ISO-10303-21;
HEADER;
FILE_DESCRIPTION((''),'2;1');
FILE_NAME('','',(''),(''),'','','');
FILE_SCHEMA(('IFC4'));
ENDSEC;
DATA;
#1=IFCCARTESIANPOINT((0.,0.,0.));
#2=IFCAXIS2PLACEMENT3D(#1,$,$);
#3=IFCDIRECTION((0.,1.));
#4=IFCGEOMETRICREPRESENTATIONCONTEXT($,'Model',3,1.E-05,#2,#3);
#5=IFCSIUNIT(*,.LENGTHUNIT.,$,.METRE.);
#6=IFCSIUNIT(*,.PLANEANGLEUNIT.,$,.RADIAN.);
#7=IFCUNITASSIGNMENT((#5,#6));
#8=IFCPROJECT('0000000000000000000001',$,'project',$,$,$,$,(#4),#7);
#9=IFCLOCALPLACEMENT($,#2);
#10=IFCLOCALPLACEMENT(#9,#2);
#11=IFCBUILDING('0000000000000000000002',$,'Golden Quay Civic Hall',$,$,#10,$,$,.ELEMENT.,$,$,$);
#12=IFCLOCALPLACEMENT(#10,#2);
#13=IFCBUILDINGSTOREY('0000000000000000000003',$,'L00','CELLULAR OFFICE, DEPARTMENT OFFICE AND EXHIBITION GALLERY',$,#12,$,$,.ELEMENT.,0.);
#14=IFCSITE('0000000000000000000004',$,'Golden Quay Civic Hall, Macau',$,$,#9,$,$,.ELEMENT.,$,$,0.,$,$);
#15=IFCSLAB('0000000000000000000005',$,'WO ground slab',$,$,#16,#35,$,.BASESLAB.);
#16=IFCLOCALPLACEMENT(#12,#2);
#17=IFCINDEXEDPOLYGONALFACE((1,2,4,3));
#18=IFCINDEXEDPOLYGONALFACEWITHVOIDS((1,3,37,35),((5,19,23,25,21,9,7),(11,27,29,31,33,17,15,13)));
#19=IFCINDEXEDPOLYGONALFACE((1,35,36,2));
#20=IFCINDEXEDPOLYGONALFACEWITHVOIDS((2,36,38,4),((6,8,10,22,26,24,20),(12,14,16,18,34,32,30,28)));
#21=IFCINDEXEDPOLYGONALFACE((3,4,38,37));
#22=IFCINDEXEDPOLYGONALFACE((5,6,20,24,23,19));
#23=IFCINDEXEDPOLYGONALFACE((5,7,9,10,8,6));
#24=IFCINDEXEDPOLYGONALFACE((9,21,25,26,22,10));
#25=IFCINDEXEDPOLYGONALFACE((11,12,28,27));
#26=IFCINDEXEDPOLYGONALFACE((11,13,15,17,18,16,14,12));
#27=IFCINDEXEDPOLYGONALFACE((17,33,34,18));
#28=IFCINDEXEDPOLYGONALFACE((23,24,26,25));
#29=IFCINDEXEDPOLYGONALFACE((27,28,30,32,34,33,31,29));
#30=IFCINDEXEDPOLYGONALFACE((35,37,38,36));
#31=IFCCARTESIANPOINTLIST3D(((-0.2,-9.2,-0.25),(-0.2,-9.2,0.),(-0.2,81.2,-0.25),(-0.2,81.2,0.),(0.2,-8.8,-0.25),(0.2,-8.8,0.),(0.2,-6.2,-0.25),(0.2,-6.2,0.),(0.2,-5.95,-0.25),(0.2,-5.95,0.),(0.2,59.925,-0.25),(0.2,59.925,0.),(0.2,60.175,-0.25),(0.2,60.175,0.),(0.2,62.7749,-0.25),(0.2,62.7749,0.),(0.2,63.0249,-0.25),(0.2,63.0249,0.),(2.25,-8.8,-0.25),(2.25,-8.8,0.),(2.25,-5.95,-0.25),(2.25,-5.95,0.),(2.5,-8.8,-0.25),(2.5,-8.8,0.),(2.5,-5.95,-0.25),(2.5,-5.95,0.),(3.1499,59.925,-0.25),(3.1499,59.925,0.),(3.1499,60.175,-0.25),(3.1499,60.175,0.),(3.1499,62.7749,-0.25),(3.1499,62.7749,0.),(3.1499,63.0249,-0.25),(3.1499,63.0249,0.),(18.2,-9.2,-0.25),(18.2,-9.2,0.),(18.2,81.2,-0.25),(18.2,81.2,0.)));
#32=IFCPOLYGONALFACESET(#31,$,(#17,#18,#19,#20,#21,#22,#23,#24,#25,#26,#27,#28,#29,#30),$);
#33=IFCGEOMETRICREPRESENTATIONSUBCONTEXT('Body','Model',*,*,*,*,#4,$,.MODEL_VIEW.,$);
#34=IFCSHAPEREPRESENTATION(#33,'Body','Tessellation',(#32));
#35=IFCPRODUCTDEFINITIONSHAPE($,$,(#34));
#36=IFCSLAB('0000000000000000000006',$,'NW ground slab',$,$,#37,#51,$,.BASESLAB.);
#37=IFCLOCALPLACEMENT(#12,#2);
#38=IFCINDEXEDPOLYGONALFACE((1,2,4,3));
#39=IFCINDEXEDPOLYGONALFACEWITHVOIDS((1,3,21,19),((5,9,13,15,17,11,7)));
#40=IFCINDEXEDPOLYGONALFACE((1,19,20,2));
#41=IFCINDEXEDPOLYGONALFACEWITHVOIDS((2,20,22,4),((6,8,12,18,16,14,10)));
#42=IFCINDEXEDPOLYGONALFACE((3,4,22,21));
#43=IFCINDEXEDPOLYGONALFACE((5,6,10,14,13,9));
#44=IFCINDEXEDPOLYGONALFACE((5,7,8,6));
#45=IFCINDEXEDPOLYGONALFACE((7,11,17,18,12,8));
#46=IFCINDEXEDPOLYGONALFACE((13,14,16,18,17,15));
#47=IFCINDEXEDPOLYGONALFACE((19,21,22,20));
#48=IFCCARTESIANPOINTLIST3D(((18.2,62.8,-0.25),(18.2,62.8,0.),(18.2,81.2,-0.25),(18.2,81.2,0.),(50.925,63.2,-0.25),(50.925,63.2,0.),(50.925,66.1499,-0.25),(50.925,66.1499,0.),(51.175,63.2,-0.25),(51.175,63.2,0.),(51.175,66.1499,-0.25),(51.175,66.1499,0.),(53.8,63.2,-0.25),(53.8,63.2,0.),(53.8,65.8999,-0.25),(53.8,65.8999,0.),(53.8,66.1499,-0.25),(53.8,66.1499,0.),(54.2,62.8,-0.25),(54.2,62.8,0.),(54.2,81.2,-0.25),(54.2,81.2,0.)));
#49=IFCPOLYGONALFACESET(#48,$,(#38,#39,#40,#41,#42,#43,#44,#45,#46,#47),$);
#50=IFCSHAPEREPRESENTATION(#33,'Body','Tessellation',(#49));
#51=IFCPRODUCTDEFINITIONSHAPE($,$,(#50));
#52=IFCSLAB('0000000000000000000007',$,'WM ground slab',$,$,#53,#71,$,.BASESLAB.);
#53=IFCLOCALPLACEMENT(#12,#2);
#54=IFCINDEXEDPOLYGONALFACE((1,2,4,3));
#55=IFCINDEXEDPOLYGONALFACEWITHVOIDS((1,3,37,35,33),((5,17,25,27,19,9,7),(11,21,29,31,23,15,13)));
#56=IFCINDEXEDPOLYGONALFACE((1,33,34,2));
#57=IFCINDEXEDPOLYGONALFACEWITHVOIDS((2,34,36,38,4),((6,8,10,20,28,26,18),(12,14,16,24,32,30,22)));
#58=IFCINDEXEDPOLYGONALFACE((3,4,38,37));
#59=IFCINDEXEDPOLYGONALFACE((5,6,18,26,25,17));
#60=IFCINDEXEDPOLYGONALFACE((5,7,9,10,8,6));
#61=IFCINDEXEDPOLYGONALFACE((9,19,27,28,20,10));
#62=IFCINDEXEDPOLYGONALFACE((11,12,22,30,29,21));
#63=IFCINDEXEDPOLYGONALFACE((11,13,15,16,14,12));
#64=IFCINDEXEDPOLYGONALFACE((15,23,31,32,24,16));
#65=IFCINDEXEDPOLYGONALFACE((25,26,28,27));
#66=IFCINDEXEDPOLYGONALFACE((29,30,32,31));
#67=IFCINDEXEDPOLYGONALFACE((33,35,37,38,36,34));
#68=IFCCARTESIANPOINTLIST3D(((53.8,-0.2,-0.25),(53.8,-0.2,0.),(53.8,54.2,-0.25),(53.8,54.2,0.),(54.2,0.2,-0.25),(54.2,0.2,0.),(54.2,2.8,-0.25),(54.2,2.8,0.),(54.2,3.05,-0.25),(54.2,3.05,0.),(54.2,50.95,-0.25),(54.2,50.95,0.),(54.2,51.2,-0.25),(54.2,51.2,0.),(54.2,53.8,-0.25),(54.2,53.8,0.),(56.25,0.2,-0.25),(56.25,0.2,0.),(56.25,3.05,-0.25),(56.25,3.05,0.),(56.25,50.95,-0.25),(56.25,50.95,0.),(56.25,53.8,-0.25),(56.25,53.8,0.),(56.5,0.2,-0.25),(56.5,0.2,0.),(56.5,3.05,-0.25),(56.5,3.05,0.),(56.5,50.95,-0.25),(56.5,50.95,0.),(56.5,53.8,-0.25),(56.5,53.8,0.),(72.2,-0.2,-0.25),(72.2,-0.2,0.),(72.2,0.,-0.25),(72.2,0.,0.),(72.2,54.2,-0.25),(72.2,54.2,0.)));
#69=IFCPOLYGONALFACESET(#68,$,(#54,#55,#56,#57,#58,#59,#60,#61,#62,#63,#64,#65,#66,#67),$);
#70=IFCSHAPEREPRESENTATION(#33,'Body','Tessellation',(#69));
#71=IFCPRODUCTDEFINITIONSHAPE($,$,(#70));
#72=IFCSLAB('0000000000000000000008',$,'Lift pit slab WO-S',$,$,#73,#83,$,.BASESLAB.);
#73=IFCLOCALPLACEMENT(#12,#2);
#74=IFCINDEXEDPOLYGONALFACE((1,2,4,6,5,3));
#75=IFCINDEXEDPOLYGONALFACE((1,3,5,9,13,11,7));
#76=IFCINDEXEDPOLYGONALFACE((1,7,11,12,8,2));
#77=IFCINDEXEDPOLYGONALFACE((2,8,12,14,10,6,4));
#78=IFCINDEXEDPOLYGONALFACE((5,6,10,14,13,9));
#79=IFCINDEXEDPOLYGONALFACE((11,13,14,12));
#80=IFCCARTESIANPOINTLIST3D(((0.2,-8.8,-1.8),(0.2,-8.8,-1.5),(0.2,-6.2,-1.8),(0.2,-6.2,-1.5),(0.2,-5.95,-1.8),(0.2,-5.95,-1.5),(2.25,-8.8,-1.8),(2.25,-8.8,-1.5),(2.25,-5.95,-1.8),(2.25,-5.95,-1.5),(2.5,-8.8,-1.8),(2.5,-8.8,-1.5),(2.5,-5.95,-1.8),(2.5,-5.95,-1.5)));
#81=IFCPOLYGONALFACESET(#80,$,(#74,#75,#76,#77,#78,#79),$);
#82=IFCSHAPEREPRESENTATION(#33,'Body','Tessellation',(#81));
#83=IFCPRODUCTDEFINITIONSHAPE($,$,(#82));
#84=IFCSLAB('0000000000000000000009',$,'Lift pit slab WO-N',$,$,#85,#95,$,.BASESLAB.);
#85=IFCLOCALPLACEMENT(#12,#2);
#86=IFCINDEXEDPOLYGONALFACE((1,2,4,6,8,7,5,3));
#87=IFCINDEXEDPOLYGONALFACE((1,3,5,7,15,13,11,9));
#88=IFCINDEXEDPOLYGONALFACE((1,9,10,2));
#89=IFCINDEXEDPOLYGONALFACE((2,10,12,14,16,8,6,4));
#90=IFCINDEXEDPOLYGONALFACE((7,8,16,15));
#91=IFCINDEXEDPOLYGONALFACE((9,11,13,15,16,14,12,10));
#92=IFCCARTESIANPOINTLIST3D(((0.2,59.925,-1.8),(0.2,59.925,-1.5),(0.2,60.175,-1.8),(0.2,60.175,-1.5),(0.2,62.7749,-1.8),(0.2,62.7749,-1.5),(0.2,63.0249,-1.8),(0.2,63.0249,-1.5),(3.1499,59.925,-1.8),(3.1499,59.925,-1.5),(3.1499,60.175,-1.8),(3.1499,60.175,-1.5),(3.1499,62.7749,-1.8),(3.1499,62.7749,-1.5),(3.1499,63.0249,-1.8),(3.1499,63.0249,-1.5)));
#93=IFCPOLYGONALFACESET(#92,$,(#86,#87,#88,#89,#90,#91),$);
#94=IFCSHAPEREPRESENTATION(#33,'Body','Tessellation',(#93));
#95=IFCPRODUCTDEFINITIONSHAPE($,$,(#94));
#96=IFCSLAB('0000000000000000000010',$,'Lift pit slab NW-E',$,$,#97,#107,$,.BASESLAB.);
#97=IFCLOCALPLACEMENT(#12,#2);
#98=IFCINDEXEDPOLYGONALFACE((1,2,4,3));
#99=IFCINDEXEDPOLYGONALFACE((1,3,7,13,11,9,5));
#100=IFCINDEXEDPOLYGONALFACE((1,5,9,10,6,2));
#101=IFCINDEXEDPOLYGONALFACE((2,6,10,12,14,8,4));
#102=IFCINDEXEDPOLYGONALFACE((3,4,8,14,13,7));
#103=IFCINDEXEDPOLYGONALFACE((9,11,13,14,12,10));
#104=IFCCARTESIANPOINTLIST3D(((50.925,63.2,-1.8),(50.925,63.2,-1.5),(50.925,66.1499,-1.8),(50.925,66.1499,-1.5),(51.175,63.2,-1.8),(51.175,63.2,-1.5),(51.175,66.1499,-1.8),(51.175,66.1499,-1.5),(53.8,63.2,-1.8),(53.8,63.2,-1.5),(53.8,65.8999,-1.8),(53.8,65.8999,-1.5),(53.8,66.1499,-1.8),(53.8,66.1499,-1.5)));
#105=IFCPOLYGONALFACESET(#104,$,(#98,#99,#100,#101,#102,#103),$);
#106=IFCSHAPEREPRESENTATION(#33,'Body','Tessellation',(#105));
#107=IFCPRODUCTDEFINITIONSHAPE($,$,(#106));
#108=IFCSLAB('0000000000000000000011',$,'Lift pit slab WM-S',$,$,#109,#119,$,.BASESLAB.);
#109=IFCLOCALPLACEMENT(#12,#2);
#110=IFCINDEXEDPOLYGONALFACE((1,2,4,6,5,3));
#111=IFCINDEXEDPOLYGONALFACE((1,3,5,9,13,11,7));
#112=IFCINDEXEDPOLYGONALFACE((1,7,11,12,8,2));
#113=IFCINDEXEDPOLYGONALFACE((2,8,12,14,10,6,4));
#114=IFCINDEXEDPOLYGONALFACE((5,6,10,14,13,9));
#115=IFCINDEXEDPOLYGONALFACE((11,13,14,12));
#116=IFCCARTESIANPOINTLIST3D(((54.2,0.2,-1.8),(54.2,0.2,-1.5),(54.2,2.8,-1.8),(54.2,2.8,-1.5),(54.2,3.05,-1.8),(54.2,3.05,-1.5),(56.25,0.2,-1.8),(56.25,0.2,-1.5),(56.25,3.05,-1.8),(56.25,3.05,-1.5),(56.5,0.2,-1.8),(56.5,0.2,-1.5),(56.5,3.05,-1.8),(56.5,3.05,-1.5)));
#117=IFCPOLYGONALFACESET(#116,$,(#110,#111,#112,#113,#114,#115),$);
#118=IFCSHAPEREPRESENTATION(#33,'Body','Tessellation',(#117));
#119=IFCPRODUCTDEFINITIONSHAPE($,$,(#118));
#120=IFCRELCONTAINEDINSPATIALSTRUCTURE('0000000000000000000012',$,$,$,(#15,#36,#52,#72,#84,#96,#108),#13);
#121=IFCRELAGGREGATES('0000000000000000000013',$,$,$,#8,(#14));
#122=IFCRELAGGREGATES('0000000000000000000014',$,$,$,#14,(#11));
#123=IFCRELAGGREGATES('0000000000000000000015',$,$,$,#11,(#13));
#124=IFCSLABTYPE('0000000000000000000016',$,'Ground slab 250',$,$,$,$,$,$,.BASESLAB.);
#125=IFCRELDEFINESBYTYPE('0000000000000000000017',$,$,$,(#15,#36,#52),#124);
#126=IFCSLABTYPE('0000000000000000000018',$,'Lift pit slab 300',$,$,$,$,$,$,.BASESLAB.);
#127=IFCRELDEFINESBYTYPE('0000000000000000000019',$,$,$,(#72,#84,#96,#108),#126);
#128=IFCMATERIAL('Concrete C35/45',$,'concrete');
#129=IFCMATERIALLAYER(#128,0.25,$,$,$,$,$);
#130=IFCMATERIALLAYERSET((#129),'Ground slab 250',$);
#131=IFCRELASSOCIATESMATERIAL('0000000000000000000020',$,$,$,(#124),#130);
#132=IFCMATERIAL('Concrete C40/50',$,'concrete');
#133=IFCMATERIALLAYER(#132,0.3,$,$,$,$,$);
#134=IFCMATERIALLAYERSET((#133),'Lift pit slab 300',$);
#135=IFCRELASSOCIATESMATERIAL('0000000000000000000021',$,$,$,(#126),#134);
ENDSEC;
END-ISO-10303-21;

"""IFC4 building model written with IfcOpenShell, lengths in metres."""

from ifc_helpers import new_model, si_unit, direction, frame, origin, place, context, subcontext, project, spatial, polyline, outline, extrude, material, layer, layer_set, type_object, element, save


model = new_model("IFC4")

# Units and contexts
model_context = context("Model", 3, precision=1e-05, world=origin(), true_north=direction((0.0, 1.0)))
body_context = subcontext(model_context, "Body", "Model", "MODEL_VIEW")
ifc_project = project(units=[si_unit("LENGTHUNIT", "METRE"), si_unit("PLANEANGLEUNIT", "RADIAN")], contexts=[model_context])

# Site, building, storey
site_placement = place(None, origin())
site = spatial("IfcSite", under=ifc_project, at=site_placement, Name="Golden Quay Civic Hall, Macau", CompositionType="ELEMENT", RefElevation=0.0)
building_placement = place(site_placement, origin())
building = spatial("IfcBuilding", under=site, at=building_placement, Name="Golden Quay Civic Hall", CompositionType="ELEMENT")
storey_placement = place(building_placement, origin())
storey = spatial("IfcBuildingStorey", under=building, at=storey_placement, Name="L00", Description="CELLULAR OFFICE, DEPARTMENT OFFICE AND EXHIBITION GALLERY", CompositionType="ELEMENT", Elevation=0.0)

# Slabs
ifc_material_1 = material(Name="Concrete C35/45", Category="concrete")
ifc_layer_1 = layer(ifc_material_1, 0.25)
ifc_layer_set_1 = layer_set([ifc_layer_1], Name="Ground slab 250")
slab_type_1 = type_object("IfcSlabType", Name="Ground slab 250", PredefinedType="BASESLAB", material=ifc_layer_set_1)
slab_1_placement = place(storey_placement, frame((0.0, 0.0, -0.25)))
element("IfcSlab", 1, at=slab_1_placement, inside=storey, type_object=slab_type_1, Name="WO ground slab", PredefinedType="BASESLAB", context=body_context, shape_type="SweptSolid", body=[
    extrude(outline(polyline([(18.2, 81.2), (18.2, -9.2), (-0.2, -9.2), (-0.2, 81.2), (18.2, 81.2)]), holes=[polyline([(2.5, -8.8), (2.5, -5.95), (2.25, -5.95), (0.2, -5.95), (0.2, -6.2), (0.2, -8.8), (2.25, -8.8), (2.5, -8.8)]), polyline([(3.1499, 60.175), (3.1499, 62.7749), (3.1499, 63.0249), (0.2, 63.0249), (0.2, 62.7749), (0.2, 60.175), (0.2, 59.925), (3.1499, 59.925), (3.1499, 60.175)])]), origin(), (0.0, 0.0, 1.0), 0.25),
])
slab_2_placement = place(storey_placement, frame((0.0, 0.0, -0.25)))
element("IfcSlab", 2, at=slab_2_placement, inside=storey, type_object=slab_type_1, Name="NW ground slab", PredefinedType="BASESLAB", context=body_context, shape_type="SweptSolid", body=[
    extrude(outline(polyline([(54.2, 62.8), (18.2, 62.8), (18.2, 81.2), (54.2, 81.2), (54.2, 62.8)]), holes=[polyline([(53.8, 65.8999), (53.8, 66.1499), (51.175, 66.1499), (50.925, 66.1499), (50.925, 63.2), (51.175, 63.2), (53.8, 63.2), (53.8, 65.8999)])]), origin(), (0.0, 0.0, 1.0), 0.25),
])
slab_3_placement = place(storey_placement, frame((0.0, 0.0, -0.25)))
element("IfcSlab", 3, at=slab_3_placement, inside=storey, type_object=slab_type_1, Name="WM ground slab", PredefinedType="BASESLAB", context=body_context, shape_type="SweptSolid", body=[
    extrude(outline(polyline([(53.8, 54.2), (72.2, 54.2), (72.2, 0.0), (72.2, -0.2), (53.8, -0.2), (53.8, 54.2)]), holes=[polyline([(56.5, 0.2), (56.5, 3.05), (56.25, 3.05), (54.2, 3.05), (54.2, 2.8), (54.2, 0.2), (56.25, 0.2), (56.5, 0.2)]), polyline([(56.25, 50.95), (56.5, 50.95), (56.5, 53.8), (56.25, 53.8), (54.2, 53.8), (54.2, 51.2), (54.2, 50.95), (56.25, 50.95)])]), origin(), (0.0, 0.0, 1.0), 0.25),
])
ifc_material_2 = material(Name="Concrete C40/50", Category="concrete")
ifc_layer_2 = layer(ifc_material_2, 0.3)
ifc_layer_set_2 = layer_set([ifc_layer_2], Name="Lift pit slab 300")
slab_type_2 = type_object("IfcSlabType", Name="Lift pit slab 300", PredefinedType="BASESLAB", material=ifc_layer_set_2)
slab_4_placement = place(storey_placement, frame((0.0, 0.0, -1.8)))
element("IfcSlab", 4, at=slab_4_placement, inside=storey, type_object=slab_type_2, Name="Lift pit slab WO-S", PredefinedType="BASESLAB", context=body_context, shape_type="SweptSolid", body=[
    extrude(outline(polyline([(0.2, -8.8), (0.2, -6.2), (0.2, -5.95), (2.25, -5.95), (2.5, -5.95), (2.5, -8.8), (2.25, -8.8), (0.2, -8.8)])), origin(), (0.0, 0.0, 1.0), 0.3),
])
slab_5_placement = place(storey_placement, frame((0.0, 0.0, -1.8)))
element("IfcSlab", 5, at=slab_5_placement, inside=storey, type_object=slab_type_2, Name="Lift pit slab WO-N", PredefinedType="BASESLAB", context=body_context, shape_type="SweptSolid", body=[
    extrude(outline(polyline([(3.1499, 59.925), (0.2, 59.925), (0.2, 60.175), (0.2, 62.7749), (0.2, 63.0249), (3.1499, 63.0249), (3.1499, 62.7749), (3.1499, 60.175), (3.1499, 59.925)])), origin(), (0.0, 0.0, 1.0), 0.3),
])
slab_6_placement = place(storey_placement, frame((0.0, 0.0, -1.8)))
element("IfcSlab", 6, at=slab_6_placement, inside=storey, type_object=slab_type_2, Name="Lift pit slab NW-E", PredefinedType="BASESLAB", context=body_context, shape_type="SweptSolid", body=[
    extrude(outline(polyline([(53.8, 63.2), (51.175, 63.2), (50.925, 63.2), (50.925, 66.1499), (51.175, 66.1499), (53.8, 66.1499), (53.8, 65.8999), (53.8, 63.2)])), origin(), (0.0, 0.0, 1.0), 0.3),
])
slab_7_placement = place(storey_placement, frame((0.0, 0.0, -1.8)))
element("IfcSlab", 7, at=slab_7_placement, inside=storey, type_object=slab_type_2, Name="Lift pit slab WM-S", PredefinedType="BASESLAB", context=body_context, shape_type="SweptSolid", body=[
    extrude(outline(polyline([(54.2, 0.2), (54.2, 2.8), (54.2, 3.05), (56.25, 3.05), (56.5, 3.05), (56.5, 0.2), (56.25, 0.2), (54.2, 0.2)])), origin(), (0.0, 0.0, 1.0), 0.3),
])

save(model, "model.ifc")
